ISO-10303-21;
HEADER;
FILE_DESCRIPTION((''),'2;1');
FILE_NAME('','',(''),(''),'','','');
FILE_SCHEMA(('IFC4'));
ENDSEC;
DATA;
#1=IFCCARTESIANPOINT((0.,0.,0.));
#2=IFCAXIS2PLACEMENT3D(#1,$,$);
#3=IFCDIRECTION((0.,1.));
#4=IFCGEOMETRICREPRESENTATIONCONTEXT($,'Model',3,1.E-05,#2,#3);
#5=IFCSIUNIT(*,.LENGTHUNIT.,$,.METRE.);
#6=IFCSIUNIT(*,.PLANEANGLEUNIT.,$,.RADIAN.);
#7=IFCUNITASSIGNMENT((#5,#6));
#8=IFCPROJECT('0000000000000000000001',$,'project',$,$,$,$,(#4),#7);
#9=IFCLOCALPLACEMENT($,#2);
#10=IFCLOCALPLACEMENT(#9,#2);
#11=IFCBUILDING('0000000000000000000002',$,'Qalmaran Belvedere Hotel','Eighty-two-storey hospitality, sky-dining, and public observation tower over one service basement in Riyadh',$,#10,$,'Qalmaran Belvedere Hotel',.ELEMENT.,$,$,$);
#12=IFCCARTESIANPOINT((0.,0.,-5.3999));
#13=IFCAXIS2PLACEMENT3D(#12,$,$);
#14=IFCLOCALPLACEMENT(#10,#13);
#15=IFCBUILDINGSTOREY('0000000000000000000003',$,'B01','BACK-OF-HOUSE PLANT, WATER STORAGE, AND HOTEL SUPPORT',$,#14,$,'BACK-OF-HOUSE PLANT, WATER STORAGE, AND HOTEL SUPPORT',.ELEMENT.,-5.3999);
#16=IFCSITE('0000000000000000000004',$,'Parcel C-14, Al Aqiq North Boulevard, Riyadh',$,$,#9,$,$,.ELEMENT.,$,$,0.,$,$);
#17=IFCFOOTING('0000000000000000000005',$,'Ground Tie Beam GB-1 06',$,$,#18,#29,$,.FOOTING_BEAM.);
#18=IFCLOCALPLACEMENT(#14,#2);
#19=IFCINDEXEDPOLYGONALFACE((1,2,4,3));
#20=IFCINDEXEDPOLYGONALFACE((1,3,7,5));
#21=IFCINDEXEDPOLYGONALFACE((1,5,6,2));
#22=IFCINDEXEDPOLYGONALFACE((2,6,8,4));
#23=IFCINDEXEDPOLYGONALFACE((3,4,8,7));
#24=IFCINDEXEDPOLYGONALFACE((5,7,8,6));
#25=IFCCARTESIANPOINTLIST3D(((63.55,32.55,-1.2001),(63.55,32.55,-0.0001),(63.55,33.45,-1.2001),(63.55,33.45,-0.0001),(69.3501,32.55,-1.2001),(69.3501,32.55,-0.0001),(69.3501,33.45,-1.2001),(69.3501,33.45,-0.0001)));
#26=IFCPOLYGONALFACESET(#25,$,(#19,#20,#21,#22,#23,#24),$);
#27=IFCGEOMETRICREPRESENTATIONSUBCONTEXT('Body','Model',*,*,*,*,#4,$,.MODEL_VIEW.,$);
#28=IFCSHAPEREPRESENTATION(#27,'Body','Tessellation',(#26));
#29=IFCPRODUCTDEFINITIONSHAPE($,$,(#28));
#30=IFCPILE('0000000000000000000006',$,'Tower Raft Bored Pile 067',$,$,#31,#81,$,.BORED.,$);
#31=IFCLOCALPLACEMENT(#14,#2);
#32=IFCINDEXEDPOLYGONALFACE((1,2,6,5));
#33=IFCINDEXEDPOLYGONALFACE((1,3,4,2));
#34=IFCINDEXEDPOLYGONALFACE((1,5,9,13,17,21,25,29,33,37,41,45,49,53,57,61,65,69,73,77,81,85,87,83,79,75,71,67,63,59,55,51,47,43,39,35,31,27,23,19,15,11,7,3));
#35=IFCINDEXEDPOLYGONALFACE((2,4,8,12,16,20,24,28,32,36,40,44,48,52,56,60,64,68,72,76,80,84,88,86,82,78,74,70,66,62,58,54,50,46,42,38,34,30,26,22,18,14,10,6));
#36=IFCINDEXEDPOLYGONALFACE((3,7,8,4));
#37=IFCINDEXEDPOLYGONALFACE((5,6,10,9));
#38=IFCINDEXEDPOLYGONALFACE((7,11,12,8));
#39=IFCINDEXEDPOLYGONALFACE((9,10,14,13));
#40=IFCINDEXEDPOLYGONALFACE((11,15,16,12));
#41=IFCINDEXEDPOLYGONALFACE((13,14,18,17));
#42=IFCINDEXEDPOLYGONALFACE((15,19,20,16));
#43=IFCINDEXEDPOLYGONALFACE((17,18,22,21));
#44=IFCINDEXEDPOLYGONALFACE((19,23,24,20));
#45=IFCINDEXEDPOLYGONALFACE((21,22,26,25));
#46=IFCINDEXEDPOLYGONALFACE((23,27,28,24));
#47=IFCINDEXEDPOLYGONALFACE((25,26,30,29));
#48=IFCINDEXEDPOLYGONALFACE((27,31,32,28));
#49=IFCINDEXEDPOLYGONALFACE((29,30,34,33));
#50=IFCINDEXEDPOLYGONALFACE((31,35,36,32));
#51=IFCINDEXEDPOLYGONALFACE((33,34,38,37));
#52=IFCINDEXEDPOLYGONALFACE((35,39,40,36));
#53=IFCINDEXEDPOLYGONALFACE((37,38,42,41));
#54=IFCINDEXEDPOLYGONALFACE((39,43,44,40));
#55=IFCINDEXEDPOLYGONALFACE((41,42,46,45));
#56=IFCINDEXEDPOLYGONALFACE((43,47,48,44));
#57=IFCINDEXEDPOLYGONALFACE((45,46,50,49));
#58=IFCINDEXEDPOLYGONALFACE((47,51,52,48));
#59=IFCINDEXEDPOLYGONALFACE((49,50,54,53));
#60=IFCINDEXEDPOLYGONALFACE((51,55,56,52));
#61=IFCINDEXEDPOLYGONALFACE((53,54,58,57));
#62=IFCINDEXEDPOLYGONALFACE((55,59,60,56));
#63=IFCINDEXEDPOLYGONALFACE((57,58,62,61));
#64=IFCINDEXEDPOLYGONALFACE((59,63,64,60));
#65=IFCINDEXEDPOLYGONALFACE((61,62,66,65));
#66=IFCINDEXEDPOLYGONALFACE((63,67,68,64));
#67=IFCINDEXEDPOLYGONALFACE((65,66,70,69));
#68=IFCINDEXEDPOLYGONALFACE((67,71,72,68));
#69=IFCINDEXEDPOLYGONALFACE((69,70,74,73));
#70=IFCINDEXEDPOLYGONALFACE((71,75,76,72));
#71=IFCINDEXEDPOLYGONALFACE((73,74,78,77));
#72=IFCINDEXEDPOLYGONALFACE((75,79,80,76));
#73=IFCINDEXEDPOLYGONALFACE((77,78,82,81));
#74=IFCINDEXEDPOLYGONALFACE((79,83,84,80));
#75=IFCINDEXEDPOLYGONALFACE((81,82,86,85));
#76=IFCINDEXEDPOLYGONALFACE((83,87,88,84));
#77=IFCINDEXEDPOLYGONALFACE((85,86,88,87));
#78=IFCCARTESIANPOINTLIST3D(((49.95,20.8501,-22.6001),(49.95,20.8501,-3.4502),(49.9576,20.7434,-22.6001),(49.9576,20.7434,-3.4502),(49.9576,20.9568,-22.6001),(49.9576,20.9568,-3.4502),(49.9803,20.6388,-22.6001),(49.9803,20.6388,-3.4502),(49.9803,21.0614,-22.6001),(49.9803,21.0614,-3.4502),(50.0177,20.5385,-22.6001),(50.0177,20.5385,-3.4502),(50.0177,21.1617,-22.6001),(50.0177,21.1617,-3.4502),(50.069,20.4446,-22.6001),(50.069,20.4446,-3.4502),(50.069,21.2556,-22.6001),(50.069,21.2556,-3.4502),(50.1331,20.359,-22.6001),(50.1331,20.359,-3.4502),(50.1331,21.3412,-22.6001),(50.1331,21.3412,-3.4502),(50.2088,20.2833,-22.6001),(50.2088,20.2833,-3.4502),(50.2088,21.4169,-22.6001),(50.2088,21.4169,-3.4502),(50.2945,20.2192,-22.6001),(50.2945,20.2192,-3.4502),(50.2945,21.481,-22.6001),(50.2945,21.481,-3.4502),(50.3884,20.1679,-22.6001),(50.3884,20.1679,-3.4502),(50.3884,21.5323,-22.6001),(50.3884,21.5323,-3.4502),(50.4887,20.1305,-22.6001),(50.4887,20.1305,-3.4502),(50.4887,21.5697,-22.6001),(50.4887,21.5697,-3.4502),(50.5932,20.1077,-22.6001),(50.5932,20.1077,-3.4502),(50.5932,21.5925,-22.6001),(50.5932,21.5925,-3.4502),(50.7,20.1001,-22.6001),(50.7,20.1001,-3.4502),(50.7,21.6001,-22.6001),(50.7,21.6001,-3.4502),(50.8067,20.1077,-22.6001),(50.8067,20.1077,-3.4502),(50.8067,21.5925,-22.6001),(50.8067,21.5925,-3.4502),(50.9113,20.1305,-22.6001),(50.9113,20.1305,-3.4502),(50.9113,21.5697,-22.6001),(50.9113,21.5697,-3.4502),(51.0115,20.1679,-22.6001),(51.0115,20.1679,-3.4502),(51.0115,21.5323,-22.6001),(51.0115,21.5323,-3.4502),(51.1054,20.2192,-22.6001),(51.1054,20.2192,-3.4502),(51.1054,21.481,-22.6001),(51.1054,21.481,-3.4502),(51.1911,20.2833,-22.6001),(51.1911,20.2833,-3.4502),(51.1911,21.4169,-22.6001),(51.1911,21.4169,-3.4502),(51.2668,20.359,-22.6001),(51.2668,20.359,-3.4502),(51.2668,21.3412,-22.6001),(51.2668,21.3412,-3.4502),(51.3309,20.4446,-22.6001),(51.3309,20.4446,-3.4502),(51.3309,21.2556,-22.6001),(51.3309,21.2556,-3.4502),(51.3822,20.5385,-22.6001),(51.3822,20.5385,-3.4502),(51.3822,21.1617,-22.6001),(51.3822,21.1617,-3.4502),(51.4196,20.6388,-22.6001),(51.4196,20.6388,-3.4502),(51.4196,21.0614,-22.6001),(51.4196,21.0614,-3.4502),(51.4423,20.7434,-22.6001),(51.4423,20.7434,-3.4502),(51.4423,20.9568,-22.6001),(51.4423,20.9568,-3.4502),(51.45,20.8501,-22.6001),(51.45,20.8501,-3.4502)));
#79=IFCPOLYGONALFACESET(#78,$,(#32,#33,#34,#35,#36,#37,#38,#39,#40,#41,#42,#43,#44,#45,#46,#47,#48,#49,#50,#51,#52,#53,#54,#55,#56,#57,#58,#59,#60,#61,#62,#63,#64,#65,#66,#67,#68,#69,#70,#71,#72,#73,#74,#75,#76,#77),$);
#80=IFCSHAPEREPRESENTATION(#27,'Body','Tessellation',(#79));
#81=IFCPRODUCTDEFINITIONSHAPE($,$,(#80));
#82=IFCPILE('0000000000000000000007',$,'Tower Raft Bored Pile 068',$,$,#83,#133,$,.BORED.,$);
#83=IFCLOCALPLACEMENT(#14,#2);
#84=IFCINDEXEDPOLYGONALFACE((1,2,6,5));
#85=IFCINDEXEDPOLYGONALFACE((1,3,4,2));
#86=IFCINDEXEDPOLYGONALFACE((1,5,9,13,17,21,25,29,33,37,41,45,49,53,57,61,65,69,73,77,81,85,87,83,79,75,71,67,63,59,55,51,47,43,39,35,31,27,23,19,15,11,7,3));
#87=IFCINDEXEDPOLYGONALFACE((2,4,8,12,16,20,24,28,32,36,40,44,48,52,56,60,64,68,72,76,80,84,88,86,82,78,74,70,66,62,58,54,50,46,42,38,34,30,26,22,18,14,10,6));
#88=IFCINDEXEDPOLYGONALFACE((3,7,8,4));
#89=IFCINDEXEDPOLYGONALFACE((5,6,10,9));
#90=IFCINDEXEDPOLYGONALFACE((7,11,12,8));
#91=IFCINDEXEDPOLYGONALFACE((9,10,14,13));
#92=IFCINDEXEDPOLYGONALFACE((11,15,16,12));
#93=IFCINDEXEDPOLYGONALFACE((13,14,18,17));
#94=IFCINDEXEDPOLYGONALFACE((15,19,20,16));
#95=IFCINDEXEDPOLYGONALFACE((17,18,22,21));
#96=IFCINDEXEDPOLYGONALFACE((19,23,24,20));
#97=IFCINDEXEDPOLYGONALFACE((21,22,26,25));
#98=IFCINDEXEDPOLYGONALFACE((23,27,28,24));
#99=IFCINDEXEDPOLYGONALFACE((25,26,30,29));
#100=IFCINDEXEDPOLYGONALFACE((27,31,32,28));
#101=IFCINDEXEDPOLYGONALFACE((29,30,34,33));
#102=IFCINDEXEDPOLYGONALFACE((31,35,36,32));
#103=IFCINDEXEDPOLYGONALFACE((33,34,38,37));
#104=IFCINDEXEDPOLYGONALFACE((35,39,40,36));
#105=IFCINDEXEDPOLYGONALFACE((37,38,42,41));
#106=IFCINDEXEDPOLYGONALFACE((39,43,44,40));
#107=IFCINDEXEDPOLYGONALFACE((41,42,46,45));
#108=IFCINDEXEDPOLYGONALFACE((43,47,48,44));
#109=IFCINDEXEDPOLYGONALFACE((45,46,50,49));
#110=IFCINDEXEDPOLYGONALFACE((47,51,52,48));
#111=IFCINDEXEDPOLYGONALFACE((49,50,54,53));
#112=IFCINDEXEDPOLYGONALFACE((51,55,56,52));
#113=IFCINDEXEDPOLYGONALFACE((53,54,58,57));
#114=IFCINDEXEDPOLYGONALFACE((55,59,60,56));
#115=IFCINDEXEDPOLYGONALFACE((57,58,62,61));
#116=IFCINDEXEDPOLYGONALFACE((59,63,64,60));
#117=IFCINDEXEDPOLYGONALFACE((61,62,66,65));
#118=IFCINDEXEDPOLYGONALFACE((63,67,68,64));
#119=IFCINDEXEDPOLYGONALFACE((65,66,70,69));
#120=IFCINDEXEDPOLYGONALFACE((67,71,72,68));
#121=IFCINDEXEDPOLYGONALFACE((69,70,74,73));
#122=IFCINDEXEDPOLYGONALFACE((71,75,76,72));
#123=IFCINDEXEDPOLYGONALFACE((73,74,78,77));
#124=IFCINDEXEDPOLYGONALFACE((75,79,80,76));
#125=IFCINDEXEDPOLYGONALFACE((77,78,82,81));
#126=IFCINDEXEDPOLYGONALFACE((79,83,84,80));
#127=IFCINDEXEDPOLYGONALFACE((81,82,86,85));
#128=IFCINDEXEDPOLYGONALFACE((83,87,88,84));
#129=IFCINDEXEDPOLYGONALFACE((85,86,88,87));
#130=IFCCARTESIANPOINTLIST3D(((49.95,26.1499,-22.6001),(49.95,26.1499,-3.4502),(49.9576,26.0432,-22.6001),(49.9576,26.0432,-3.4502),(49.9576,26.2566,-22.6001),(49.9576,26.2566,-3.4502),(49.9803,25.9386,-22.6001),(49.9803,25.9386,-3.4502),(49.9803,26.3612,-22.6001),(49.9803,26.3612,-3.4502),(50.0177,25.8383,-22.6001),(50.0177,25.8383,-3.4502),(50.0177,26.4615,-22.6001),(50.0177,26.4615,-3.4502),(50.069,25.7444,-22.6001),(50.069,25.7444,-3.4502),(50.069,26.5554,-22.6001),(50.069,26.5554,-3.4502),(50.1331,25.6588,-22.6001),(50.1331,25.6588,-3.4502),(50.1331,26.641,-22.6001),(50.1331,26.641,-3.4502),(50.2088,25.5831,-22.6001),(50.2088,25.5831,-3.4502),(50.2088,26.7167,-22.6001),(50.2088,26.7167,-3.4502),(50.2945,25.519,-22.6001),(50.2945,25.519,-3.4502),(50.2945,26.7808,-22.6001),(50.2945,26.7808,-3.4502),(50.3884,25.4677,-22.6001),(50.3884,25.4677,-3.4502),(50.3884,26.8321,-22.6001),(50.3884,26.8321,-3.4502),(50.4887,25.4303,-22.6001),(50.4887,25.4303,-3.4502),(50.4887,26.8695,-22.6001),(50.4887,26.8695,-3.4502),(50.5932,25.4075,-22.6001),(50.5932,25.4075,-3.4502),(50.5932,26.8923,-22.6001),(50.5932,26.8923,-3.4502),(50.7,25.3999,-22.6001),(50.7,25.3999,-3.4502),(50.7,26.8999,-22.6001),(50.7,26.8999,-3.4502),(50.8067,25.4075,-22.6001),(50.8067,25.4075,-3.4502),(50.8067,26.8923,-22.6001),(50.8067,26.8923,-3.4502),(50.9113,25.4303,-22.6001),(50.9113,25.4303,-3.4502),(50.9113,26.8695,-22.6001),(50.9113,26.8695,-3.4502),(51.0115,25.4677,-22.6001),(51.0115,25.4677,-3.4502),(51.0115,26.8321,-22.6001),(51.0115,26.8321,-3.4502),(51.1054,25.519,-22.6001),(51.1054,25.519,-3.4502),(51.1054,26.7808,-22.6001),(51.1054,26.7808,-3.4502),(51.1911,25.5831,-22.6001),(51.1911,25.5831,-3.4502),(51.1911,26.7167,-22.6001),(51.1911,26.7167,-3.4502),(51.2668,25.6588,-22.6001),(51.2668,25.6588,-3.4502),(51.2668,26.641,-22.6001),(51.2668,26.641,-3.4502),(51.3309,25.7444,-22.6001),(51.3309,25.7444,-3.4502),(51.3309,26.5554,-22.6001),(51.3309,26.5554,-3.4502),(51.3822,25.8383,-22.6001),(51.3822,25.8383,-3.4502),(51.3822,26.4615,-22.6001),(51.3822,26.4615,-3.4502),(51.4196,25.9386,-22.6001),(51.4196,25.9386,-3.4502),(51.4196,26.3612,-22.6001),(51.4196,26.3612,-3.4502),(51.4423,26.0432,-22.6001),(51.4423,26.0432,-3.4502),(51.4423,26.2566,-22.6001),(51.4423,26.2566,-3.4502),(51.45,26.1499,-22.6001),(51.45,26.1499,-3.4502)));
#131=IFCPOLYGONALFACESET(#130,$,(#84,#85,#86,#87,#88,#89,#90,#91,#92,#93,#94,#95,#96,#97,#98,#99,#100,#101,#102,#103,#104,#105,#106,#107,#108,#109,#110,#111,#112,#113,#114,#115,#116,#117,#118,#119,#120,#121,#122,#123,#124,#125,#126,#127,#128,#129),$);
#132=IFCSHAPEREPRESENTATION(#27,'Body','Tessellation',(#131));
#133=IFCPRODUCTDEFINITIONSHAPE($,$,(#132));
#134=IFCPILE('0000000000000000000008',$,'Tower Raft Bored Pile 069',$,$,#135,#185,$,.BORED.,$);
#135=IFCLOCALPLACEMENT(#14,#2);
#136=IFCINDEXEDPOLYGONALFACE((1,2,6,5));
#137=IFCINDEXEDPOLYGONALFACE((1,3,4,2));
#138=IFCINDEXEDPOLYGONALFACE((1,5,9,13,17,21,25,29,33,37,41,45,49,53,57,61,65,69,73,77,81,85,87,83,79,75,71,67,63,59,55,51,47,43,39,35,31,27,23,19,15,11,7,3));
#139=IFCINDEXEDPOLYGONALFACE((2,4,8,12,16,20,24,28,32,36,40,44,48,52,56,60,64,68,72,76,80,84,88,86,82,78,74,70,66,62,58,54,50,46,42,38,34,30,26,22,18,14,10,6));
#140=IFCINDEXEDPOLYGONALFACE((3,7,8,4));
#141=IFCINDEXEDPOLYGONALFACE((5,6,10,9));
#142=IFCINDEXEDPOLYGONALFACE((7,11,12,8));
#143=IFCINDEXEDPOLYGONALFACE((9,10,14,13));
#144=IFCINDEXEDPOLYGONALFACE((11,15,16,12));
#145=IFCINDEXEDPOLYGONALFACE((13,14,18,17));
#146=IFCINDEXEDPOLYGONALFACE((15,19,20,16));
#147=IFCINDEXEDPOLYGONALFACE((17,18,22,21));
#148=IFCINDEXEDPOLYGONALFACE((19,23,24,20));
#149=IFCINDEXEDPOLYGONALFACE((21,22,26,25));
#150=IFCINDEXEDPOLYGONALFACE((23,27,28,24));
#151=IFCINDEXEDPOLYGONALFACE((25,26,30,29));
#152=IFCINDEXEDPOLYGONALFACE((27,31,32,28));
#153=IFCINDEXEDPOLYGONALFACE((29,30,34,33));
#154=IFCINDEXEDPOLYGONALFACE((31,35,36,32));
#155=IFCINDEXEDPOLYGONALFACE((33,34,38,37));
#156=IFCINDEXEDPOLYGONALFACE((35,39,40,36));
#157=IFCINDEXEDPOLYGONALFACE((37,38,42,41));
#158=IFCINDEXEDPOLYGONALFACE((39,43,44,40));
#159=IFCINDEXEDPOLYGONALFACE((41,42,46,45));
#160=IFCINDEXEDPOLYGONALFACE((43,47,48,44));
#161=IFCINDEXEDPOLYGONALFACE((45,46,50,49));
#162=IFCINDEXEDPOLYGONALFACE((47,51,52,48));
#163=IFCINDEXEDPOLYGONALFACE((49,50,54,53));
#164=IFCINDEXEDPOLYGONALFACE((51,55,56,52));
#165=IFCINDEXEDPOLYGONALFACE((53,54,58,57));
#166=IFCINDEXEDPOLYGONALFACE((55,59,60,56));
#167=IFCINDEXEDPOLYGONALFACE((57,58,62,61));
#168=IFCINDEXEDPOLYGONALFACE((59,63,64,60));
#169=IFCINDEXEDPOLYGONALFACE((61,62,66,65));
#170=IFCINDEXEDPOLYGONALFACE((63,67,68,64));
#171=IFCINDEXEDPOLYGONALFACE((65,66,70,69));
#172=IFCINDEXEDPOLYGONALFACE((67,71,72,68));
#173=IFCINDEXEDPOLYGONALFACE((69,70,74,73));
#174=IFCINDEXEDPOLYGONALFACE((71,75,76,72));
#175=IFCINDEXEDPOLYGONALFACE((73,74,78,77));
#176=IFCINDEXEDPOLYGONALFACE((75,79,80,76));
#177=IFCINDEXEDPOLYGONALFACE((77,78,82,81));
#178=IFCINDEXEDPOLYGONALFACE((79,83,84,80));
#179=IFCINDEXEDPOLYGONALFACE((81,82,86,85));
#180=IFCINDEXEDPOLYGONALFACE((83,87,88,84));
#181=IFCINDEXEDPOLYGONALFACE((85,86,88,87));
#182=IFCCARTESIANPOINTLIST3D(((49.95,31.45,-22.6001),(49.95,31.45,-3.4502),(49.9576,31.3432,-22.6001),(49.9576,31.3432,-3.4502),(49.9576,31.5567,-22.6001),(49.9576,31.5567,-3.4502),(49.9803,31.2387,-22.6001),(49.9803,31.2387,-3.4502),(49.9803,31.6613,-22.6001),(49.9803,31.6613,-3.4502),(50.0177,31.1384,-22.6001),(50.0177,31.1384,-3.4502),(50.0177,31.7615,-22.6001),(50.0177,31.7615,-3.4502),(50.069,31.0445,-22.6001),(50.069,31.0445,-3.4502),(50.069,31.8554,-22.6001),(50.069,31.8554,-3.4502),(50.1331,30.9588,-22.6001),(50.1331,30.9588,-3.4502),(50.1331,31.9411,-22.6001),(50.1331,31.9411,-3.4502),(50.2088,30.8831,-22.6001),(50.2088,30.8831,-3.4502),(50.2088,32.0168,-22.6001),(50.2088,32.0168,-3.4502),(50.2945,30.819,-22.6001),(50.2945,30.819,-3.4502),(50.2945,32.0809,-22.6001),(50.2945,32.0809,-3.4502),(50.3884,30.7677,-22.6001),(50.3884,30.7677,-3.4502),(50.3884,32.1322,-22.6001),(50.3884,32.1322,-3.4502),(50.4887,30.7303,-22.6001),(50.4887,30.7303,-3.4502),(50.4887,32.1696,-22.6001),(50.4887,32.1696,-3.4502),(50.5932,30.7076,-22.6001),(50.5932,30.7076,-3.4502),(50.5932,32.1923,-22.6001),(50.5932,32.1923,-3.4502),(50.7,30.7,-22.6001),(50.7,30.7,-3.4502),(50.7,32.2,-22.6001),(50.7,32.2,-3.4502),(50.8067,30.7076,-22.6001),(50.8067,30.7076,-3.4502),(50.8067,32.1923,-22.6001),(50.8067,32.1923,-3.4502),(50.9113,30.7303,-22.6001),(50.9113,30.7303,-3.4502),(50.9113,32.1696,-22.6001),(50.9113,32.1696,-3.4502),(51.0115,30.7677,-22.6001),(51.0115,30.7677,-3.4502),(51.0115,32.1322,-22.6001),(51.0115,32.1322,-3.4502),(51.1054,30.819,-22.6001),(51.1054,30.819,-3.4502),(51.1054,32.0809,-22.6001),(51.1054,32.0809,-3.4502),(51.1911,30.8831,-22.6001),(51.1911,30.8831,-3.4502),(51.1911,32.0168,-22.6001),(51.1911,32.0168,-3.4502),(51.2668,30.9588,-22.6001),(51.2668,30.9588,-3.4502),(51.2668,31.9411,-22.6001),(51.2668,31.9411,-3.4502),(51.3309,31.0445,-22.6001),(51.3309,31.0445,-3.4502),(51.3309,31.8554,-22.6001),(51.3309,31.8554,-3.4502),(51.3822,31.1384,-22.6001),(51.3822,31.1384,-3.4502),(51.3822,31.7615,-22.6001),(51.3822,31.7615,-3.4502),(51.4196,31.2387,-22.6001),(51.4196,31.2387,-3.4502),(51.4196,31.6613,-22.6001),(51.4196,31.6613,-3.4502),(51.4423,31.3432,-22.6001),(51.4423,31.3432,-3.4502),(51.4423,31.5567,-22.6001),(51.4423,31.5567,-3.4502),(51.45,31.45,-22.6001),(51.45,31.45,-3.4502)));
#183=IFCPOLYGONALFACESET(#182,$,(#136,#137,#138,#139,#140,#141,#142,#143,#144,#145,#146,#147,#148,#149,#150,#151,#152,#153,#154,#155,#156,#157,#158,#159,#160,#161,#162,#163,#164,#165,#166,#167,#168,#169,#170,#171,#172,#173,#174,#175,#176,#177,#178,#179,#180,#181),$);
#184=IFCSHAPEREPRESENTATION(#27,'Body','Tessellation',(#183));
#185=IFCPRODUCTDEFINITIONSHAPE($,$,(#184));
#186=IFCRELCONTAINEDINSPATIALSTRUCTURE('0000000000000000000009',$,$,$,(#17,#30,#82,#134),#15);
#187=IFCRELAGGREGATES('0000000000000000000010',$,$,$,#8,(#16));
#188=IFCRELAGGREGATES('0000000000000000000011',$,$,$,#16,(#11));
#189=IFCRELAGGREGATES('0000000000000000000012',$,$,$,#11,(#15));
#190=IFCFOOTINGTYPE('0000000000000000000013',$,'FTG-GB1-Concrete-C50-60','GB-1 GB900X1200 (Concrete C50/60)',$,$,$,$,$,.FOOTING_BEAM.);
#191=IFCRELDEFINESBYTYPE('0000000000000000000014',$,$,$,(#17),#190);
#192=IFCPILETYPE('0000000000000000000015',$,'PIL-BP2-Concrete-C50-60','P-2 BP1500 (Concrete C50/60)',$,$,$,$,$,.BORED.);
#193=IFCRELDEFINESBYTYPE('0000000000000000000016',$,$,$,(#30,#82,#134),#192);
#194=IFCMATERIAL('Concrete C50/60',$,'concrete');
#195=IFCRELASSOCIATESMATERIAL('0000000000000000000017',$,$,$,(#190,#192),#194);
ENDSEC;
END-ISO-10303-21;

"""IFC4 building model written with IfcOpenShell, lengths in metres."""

from ifc_helpers import new_model, si_unit, direction, frame, origin, origin_2d, place, context, subcontext, project, spatial, rectangle, circle, extrude, material, material_profile, profile_set, type_object, element, save


model = new_model("IFC4")

# Units and contexts
model_context = context("Model", 3, precision=1e-05, world=origin(), true_north=direction((0.0, 1.0)))
body_context = subcontext(model_context, "Body", "Model", "MODEL_VIEW")
ifc_project = project(units=[si_unit("LENGTHUNIT", "METRE"), si_unit("PLANEANGLEUNIT", "RADIAN")], contexts=[model_context])

# Site, building, storey
site_placement = place(None, origin())
site = spatial("IfcSite", under=ifc_project, at=site_placement, Name="Parcel C-14, Al Aqiq North Boulevard, Riyadh", CompositionType="ELEMENT", RefElevation=0.0)
building_placement = place(site_placement, origin())
building = spatial("IfcBuilding", under=site, at=building_placement, Name="Qalmaran Belvedere Hotel", Description="Eighty-two-storey hospitality, sky-dining, and public observation tower over one service basement in Riyadh", LongName="Qalmaran Belvedere Hotel", CompositionType="ELEMENT")
storey_placement = place(building_placement, frame((0.0, 0.0, -5.3999)))
storey = spatial("IfcBuildingStorey", under=building, at=storey_placement, Name="B01", Description="BACK-OF-HOUSE PLANT, WATER STORAGE, AND HOTEL SUPPORT", LongName="BACK-OF-HOUSE PLANT, WATER STORAGE, AND HOTEL SUPPORT", CompositionType="ELEMENT", Elevation=-5.3999)

# Footing
ifc_material_1 = material(Name="Concrete C50/60", Category="concrete")
ifc_material_profile_1 = material_profile(ifc_material_1, rectangle(XDim=0.8999, YDim=1.2, at=origin_2d()), Name="GB900X1200")
ifc_profile_set_1 = profile_set([ifc_material_profile_1], Name="Concrete C50/60")
footing_type = type_object("IfcFootingType", Name="FTG-GB1-Concrete-C50-60", Description="GB-1 GB900X1200 (Concrete C50/60)", PredefinedType="FOOTING_BEAM", material=ifc_profile_set_1)
footing_placement = place(storey_placement, frame((63.55, 33.0, -0.6001), z_axis=(1.0, 0.0, 0.0), x_axis=(0.0, 1.0, 0.0)))
element("IfcFooting", 1, at=footing_placement, inside=storey, type_object=footing_type, Name="Ground Tie Beam GB-1 06", PredefinedType="FOOTING_BEAM", context=body_context, shape_type="SweptSolid", body=[
    extrude(rectangle(XDim=0.8999, YDim=1.2, at=origin_2d()), origin(), (0.0, 0.0, 1.0), 5.8),
])

# Piles
ifc_material_profile_2 = material_profile(ifc_material_1, circle(Radius=0.75, at=origin_2d()), Name="BP1500")
ifc_profile_set_2 = profile_set([ifc_material_profile_2], Name="Concrete C50/60")
pile_type_1 = type_object("IfcPileType", Name="PIL-BP2-Concrete-C50-60", Description="P-2 BP1500 (Concrete C50/60)", PredefinedType="BORED", material=ifc_profile_set_2)
for number, where, z_axis, x_axis, name in (
    (2, (50.7, 20.8501, -3.4502), (0.0, 0.0, -1.0), (1.0, 0.0, 0.0), "Tower Raft Bored Pile 067"),
    (3, (50.7, 26.1499, -3.4502), (0.0, 0.0, -1.0), (1.0, 0.0, 0.0), "Tower Raft Bored Pile 068"),
    (4, (50.7, 31.45, -3.4502), (0.0, 0.0, -1.0), (1.0, 0.0, 0.0), "Tower Raft Bored Pile 069"),
):
    element("IfcPile", number, at=place(storey_placement, frame(where, z_axis=z_axis, x_axis=x_axis)), inside=storey, type_object=pile_type_1, Name=name, PredefinedType="BORED", context=body_context, shape_type="SweptSolid", body=[
        extrude(circle(Radius=0.75, at=origin_2d()), origin(), (0.0, 0.0, 1.0), 19.1499),
    ])

save(model, "model.ifc")
